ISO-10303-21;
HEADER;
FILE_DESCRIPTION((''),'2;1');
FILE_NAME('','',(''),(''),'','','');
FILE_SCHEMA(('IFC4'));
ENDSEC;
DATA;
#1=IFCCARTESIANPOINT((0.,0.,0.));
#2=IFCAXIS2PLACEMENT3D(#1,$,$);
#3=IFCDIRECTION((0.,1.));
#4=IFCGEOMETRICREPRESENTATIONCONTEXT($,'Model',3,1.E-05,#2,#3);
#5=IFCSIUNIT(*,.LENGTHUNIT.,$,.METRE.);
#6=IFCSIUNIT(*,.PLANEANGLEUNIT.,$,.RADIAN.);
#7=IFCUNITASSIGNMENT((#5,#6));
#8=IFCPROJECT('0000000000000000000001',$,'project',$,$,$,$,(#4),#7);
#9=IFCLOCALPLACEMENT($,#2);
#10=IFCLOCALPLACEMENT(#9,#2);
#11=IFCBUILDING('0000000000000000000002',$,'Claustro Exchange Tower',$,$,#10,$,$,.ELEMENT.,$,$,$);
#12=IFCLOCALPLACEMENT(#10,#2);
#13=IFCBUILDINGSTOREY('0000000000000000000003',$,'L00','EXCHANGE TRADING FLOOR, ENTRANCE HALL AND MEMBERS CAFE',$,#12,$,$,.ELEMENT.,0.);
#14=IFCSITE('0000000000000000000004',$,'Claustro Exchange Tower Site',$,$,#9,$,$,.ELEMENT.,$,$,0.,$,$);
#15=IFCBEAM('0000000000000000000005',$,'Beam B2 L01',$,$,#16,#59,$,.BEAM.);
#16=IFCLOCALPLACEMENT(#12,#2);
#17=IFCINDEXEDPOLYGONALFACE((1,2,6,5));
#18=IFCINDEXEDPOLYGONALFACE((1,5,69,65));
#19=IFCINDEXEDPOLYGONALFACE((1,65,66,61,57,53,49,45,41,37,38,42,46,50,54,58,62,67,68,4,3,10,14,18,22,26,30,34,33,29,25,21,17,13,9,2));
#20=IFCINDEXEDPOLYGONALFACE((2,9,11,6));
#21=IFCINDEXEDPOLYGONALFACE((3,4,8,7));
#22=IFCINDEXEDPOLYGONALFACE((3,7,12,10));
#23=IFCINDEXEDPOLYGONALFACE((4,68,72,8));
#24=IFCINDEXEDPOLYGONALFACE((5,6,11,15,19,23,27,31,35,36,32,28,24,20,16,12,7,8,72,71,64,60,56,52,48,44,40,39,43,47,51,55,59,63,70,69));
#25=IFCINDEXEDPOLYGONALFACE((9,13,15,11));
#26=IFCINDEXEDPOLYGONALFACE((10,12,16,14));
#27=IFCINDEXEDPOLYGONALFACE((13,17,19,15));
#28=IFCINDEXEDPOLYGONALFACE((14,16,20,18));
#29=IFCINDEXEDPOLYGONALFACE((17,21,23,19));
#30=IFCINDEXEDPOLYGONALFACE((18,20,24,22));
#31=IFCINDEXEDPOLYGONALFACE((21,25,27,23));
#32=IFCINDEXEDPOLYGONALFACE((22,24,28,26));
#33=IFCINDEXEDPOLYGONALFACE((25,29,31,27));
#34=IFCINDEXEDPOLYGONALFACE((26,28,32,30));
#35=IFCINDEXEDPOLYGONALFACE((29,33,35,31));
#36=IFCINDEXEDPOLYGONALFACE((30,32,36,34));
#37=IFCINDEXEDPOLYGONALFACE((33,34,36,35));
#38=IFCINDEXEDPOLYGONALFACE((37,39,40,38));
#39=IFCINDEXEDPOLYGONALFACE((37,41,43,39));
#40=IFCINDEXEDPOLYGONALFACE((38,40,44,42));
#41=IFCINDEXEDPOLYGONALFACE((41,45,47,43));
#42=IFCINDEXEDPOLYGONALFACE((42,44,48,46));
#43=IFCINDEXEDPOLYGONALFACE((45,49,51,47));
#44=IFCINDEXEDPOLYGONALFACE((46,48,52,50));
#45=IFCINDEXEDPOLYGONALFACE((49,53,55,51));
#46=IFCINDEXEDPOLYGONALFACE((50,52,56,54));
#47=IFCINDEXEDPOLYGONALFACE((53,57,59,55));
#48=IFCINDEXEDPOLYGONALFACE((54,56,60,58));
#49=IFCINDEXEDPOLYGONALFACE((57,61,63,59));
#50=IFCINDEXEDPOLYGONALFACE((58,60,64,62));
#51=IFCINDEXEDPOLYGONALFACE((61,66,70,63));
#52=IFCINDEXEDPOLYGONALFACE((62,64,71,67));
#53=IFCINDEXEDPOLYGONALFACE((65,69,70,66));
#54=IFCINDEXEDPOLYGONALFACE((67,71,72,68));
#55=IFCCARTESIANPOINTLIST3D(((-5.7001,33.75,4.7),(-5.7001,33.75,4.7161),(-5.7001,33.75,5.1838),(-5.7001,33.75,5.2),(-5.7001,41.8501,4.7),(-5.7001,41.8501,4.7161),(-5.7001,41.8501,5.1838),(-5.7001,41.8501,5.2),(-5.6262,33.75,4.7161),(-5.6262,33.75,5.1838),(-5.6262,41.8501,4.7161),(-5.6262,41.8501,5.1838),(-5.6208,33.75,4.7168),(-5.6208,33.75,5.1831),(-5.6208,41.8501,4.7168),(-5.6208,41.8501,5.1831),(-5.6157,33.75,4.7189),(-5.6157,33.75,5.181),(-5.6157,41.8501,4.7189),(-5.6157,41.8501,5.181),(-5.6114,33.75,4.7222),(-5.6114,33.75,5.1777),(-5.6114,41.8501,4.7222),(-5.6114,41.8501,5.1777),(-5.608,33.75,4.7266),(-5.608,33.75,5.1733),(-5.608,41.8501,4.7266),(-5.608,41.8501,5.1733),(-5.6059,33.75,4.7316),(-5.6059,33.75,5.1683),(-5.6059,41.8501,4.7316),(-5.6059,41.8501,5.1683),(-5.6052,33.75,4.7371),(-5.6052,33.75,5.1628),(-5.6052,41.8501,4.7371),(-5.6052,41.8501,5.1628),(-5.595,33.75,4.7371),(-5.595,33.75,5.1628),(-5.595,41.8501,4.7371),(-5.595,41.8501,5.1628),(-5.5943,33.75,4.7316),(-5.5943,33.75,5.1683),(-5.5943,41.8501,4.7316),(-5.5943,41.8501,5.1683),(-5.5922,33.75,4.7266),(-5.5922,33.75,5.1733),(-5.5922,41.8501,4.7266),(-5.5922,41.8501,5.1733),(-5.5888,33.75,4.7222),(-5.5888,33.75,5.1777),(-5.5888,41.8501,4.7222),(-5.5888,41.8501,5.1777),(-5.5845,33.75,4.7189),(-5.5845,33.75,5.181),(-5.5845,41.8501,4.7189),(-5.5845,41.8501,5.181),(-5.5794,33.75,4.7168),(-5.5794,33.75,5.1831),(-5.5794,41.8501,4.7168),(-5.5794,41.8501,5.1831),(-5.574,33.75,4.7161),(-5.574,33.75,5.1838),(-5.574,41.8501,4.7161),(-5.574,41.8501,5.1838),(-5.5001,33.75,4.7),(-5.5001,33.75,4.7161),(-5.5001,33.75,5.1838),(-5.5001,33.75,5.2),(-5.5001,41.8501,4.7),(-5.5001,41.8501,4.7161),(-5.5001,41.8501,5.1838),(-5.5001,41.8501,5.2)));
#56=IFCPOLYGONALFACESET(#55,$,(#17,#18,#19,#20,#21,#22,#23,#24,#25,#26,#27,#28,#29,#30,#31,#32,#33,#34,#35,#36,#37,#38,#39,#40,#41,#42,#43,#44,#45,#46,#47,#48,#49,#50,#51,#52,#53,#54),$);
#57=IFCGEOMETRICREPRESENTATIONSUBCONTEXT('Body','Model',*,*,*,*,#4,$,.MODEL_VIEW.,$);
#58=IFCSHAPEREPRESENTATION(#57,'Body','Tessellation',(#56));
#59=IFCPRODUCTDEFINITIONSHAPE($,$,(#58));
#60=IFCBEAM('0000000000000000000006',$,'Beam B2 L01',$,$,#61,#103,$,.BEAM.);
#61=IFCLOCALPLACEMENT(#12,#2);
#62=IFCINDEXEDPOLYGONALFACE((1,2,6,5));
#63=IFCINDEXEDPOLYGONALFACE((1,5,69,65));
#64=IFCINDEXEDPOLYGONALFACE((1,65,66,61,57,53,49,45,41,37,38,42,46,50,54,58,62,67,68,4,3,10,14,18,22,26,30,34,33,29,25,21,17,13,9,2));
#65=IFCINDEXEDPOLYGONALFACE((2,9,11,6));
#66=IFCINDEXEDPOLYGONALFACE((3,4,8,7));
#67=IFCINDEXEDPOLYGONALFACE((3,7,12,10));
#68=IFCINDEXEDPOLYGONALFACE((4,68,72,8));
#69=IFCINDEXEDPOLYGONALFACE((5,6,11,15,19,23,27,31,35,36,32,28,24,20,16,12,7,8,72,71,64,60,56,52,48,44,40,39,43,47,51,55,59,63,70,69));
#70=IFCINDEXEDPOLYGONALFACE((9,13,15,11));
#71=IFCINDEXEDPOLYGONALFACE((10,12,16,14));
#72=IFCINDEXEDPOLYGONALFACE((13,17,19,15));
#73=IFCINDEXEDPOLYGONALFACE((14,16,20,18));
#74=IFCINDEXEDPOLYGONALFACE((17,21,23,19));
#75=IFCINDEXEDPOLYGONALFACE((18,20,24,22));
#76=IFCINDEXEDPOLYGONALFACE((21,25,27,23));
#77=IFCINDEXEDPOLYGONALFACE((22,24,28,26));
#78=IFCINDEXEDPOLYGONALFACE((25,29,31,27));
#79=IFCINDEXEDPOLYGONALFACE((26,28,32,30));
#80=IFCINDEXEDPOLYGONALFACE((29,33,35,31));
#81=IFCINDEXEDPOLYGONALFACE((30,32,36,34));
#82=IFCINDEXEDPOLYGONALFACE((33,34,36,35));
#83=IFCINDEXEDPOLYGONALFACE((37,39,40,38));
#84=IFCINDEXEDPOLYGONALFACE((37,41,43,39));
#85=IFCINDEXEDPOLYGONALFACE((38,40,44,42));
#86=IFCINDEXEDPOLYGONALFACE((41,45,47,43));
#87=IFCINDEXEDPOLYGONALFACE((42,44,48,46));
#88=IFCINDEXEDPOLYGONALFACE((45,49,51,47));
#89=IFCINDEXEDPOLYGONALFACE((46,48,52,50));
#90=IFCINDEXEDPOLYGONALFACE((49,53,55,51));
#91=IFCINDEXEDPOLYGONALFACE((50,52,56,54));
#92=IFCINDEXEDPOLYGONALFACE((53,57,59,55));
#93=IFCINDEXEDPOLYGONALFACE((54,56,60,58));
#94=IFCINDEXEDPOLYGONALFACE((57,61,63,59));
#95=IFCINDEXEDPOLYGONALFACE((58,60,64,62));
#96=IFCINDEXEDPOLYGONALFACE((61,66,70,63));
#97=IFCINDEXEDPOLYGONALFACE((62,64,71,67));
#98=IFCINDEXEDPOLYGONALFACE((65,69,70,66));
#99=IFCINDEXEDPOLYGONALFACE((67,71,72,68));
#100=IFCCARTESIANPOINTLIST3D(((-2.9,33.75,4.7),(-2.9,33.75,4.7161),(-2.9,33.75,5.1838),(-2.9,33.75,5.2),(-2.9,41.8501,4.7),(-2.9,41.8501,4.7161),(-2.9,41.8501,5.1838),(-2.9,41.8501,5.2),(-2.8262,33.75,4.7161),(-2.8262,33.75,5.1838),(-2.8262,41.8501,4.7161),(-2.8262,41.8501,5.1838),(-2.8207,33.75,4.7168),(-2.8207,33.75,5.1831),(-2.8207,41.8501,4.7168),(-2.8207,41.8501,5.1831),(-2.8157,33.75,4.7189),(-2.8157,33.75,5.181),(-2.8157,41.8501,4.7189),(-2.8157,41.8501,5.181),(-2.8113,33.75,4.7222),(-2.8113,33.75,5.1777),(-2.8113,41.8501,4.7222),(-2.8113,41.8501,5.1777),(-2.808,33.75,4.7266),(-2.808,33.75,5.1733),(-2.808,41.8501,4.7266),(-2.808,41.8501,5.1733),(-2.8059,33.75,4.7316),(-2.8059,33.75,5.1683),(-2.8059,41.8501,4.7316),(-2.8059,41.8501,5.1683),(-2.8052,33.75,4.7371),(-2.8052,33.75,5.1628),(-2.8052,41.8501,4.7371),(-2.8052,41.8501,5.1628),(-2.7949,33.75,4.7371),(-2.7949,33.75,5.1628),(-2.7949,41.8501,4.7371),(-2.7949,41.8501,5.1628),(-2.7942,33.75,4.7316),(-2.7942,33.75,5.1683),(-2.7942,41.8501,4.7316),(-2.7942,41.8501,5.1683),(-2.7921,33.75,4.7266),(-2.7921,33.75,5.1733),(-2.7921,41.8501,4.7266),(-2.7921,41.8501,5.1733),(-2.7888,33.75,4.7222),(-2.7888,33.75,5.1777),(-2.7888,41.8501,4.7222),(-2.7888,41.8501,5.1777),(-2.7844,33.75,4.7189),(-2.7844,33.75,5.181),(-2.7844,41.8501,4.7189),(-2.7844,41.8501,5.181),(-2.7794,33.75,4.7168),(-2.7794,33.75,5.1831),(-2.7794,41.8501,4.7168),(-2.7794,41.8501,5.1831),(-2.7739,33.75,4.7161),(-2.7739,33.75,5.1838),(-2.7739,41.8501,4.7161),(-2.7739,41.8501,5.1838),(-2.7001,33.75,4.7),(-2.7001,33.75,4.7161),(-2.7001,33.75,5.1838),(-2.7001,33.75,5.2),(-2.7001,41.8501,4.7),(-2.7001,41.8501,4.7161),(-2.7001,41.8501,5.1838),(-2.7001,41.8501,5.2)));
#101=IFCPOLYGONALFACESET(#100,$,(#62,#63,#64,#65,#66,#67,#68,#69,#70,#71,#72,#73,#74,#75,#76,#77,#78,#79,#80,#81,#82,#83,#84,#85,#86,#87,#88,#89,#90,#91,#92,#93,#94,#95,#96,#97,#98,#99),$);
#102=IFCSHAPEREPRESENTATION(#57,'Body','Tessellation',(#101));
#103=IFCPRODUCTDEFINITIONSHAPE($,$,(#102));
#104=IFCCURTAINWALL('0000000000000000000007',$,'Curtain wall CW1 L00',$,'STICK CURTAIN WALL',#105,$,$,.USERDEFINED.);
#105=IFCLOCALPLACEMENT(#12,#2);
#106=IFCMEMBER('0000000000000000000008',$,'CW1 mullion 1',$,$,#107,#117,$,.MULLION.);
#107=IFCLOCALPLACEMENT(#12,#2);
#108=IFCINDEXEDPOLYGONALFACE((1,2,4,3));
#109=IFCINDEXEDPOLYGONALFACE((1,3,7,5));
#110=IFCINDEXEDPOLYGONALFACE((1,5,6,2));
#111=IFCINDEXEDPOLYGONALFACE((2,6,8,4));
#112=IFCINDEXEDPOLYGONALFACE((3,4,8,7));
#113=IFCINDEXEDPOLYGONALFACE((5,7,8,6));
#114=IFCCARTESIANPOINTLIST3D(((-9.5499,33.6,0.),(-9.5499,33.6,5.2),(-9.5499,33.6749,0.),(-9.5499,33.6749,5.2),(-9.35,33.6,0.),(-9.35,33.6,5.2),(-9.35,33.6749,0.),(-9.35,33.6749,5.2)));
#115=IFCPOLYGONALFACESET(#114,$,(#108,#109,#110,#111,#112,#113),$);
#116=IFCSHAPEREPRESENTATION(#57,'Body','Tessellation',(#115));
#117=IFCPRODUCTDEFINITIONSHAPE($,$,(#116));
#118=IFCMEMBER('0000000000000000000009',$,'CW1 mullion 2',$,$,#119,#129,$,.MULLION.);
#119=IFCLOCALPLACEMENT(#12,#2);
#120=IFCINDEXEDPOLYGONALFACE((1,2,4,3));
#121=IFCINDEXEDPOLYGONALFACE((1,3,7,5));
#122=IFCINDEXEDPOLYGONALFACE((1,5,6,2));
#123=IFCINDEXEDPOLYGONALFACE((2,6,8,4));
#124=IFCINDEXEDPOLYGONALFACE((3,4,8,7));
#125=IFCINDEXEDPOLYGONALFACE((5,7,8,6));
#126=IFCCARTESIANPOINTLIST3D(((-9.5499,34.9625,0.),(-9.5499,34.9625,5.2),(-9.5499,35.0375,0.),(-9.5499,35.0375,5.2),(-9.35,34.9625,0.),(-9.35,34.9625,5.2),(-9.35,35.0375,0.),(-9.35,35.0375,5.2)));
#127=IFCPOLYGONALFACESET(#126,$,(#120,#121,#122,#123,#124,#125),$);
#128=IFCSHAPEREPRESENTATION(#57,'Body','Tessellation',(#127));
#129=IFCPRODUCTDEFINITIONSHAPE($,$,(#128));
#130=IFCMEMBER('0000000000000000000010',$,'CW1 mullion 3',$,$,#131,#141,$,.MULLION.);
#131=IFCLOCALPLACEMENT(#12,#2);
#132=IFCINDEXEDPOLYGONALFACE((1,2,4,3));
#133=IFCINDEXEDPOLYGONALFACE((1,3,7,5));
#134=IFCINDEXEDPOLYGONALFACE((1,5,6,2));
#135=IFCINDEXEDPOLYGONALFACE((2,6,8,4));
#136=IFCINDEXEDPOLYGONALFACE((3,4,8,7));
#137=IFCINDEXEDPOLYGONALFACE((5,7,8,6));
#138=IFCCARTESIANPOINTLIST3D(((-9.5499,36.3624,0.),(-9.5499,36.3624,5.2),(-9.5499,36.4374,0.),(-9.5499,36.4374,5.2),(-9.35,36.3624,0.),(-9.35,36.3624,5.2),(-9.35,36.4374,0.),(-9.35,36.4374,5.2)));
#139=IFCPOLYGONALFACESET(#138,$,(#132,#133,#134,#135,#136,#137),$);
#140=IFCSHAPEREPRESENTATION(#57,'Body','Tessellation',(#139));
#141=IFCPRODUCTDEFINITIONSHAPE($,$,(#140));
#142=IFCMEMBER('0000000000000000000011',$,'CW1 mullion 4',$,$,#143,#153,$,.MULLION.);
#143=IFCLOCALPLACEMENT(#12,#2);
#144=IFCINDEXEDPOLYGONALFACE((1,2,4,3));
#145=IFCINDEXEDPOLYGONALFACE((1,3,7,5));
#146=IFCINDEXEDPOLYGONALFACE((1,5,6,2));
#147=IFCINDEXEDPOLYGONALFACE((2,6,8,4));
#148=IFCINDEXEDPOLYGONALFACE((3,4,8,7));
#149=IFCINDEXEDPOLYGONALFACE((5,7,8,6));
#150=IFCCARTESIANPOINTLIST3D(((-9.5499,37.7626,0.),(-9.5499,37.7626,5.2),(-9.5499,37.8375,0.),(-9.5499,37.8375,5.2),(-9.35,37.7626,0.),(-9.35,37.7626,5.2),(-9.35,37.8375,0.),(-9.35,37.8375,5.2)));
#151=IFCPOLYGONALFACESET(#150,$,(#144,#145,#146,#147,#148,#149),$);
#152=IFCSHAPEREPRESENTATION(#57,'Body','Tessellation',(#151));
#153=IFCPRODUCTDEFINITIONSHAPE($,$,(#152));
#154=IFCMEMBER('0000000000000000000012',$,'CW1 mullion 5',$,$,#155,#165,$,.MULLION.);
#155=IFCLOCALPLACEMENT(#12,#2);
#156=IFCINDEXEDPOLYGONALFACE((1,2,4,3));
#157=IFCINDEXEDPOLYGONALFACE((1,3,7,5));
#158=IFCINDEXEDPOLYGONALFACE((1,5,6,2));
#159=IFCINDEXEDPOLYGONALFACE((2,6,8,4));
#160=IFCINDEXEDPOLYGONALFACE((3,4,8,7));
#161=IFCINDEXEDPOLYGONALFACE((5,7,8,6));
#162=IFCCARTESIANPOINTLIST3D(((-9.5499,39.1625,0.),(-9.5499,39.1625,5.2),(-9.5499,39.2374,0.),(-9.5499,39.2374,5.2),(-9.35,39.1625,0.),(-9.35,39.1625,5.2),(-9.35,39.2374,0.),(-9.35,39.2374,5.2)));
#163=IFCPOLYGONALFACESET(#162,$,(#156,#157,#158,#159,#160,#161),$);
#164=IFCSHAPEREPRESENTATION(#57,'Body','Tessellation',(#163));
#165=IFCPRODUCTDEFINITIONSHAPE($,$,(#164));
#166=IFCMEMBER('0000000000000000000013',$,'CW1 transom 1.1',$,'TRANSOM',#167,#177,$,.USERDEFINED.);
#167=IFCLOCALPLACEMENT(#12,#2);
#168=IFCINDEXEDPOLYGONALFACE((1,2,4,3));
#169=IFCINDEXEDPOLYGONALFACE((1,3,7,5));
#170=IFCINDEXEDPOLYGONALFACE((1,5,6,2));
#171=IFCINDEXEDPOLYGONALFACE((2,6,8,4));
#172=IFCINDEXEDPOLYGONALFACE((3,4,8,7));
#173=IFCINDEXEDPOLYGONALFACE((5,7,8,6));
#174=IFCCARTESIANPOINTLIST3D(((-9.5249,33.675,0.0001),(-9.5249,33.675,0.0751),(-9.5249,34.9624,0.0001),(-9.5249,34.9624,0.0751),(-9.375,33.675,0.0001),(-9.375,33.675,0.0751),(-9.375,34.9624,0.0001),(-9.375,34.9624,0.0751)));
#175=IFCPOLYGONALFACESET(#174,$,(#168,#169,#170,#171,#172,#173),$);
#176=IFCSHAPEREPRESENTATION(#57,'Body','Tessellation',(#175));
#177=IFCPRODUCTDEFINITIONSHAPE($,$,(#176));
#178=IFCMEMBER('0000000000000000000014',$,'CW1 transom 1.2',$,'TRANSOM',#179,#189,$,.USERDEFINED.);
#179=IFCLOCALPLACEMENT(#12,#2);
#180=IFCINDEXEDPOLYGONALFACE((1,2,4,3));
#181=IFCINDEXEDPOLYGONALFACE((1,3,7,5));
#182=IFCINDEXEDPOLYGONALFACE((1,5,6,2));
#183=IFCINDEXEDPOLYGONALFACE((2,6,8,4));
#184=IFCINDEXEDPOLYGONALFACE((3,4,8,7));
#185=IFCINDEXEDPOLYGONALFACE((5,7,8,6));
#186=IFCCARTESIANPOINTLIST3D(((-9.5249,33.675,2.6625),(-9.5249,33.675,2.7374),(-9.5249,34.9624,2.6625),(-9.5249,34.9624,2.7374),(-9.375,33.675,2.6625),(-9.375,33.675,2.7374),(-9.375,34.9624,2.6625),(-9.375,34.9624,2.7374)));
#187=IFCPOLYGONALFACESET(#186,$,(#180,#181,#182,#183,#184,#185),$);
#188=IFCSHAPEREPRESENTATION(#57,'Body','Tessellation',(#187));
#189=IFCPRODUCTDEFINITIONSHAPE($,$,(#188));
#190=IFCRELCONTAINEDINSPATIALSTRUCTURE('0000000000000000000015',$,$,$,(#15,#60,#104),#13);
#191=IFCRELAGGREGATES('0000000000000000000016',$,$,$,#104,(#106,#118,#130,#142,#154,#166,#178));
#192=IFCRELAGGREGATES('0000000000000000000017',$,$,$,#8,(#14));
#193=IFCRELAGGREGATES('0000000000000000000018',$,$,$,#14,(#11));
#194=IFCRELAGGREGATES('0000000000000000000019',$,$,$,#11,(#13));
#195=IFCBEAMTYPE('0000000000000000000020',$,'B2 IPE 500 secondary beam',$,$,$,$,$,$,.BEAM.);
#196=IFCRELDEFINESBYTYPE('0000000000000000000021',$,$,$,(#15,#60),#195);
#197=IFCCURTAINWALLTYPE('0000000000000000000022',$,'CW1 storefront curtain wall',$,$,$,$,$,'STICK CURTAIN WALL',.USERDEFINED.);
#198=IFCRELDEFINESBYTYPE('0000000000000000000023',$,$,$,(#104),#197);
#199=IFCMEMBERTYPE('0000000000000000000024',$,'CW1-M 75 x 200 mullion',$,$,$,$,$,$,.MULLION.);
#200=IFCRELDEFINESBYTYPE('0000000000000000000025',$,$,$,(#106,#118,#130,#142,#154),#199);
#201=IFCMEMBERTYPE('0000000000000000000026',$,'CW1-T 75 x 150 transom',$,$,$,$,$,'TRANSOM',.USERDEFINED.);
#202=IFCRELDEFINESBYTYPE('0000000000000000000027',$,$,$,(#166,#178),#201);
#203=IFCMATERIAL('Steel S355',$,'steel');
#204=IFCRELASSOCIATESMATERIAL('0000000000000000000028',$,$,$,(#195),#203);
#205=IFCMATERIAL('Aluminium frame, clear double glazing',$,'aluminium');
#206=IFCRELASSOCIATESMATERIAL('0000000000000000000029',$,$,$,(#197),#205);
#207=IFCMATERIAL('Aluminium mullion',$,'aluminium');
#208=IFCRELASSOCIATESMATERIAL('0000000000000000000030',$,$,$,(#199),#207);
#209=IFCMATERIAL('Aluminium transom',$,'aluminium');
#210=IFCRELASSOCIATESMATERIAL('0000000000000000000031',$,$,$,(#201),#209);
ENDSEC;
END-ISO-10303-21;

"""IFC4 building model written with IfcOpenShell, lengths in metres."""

from ifc_helpers import new_model, si_unit, direction, frame, origin, origin_2d, place, context, subcontext, project, spatial, rectangle, i_section, extrude, material, material_profile, profile_set, type_object, element, aggregate, save


model = new_model("IFC4")

# Units and contexts
model_context = context("Model", 3, precision=1e-05, world=origin(), true_north=direction((0.0, 1.0)))
body_context = subcontext(model_context, "Body", "Model", "MODEL_VIEW")
ifc_project = project(units=[si_unit("LENGTHUNIT", "METRE"), si_unit("PLANEANGLEUNIT", "RADIAN")], contexts=[model_context])

# Site, building, storey
site_placement = place(None, origin())
site = spatial("IfcSite", under=ifc_project, at=site_placement, Name="Claustro Exchange Tower Site", CompositionType="ELEMENT", RefElevation=0.0)
building_placement = place(site_placement, origin())
building = spatial("IfcBuilding", under=site, at=building_placement, Name="Claustro Exchange Tower", CompositionType="ELEMENT")
storey_placement = place(building_placement, origin())
storey = spatial("IfcBuildingStorey", under=building, at=storey_placement, Name="L00", Description="EXCHANGE TRADING FLOOR, ENTRANCE HALL AND MEMBERS CAFE", CompositionType="ELEMENT", Elevation=0.0)

# Beams
ifc_material_1 = material(Name="Steel S355", Category="steel")
ifc_material_profile_1 = material_profile(ifc_material_1, i_section(OverallWidth=0.2, OverallDepth=0.5, WebThickness=0.0103, FlangeThickness=0.0161, FilletRadius=0.021, at=origin_2d()), Name="IPE 500")
ifc_profile_set_1 = profile_set([ifc_material_profile_1], Name="Steel S355")
beam_type_1 = type_object("IfcBeamType", Name="B2 IPE 500 secondary beam", PredefinedType="BEAM", material=ifc_profile_set_1)
for number, where, z_axis, x_axis, name in (
    (1, (-5.6001, 33.75, 4.95), (0.0, 1.0, 0.0), (-1.0, 0.0, 0.0), "Beam B2 L01"),
    (2, (-2.8, 33.75, 4.95), (0.0, 1.0, 0.0), (-1.0, 0.0, 0.0), "Beam B2 L01"),
):
    element("IfcBeam", number, at=place(storey_placement, frame(where, z_axis=z_axis, x_axis=x_axis)), inside=storey, type_object=beam_type_1, Name=name, PredefinedType="BEAM", context=body_context, shape_type="SweptSolid", body=[
        extrude(i_section(OverallWidth=0.2, OverallDepth=0.5, WebThickness=0.0103, FlangeThickness=0.0161, FilletRadius=0.021, at=origin_2d()), origin(), (0.0, 0.0, 1.0), 8.1001),
    ])

# Curtain wall, members
ifc_material_2 = material(Name="Aluminium frame, clear double glazing", Category="aluminium")
curtain_wall_type = type_object("IfcCurtainWallType", Name="CW1 storefront curtain wall", ElementType="STICK CURTAIN WALL", PredefinedType="USERDEFINED", material=ifc_material_2)
curtain_wall_placement = place(storey_placement, origin())
curtain_wall = element("IfcCurtainWall", 3, at=curtain_wall_placement, inside=storey, type_object=curtain_wall_type, Name="Curtain wall CW1 L00", ObjectType="STICK CURTAIN WALL", PredefinedType="USERDEFINED")
ifc_material_3 = material(Name="Aluminium mullion", Category="aluminium")
ifc_material_profile_2 = material_profile(ifc_material_3, rectangle(XDim=0.2, YDim=0.075, at=origin_2d()), Name="CW1-M 75x200")
ifc_profile_set_2 = profile_set([ifc_material_profile_2], Name="Aluminium mullion")
member_type_1 = type_object("IfcMemberType", Name="CW1-M 75 x 200 mullion", PredefinedType="MULLION", material=ifc_profile_set_2)
member_1_placement = place(storey_placement, frame((-9.45, 33.6375, 0.0), z_axis=(0.0, 0.0, 1.0), x_axis=(-1.0, 0.0, 0.0)))
member_1 = element("IfcMember", 4, at=member_1_placement, type_object=member_type_1, Name="CW1 mullion 1", PredefinedType="MULLION", context=body_context, shape_type="SweptSolid", body=[
    extrude(rectangle(XDim=0.2, YDim=0.075, at=origin_2d()), origin(), (0.0, 0.0, 1.0), 5.2),
])
member_2_placement = place(storey_placement, frame((-9.45, 35.0, 0.0), z_axis=(0.0, 0.0, 1.0), x_axis=(-1.0, 0.0, 0.0)))
member_2 = element("IfcMember", 5, at=member_2_placement, type_object=member_type_1, Name="CW1 mullion 2", PredefinedType="MULLION", context=body_context, shape_type="SweptSolid", body=[
    extrude(rectangle(XDim=0.2, YDim=0.075, at=origin_2d()), origin(), (0.0, 0.0, 1.0), 5.2),
])
member_3_placement = place(storey_placement, frame((-9.45, 36.3999, 0.0), z_axis=(0.0, 0.0, 1.0), x_axis=(-1.0, 0.0, 0.0)))
member_3 = element("IfcMember", 6, at=member_3_placement, type_object=member_type_1, Name="CW1 mullion 3", PredefinedType="MULLION", context=body_context, shape_type="SweptSolid", body=[
    extrude(rectangle(XDim=0.2, YDim=0.075, at=origin_2d()), origin(), (0.0, 0.0, 1.0), 5.2),
])
member_4_placement = place(storey_placement, frame((-9.45, 37.8, 0.0), z_axis=(0.0, 0.0, 1.0), x_axis=(-1.0, 0.0, 0.0)))
member_4 = element("IfcMember", 7, at=member_4_placement, type_object=member_type_1, Name="CW1 mullion 4", PredefinedType="MULLION", context=body_context, shape_type="SweptSolid", body=[
    extrude(rectangle(XDim=0.2, YDim=0.075, at=origin_2d()), origin(), (0.0, 0.0, 1.0), 5.2),
])
member_5_placement = place(storey_placement, frame((-9.45, 39.2, 0.0), z_axis=(0.0, 0.0, 1.0), x_axis=(-1.0, 0.0, 0.0)))
member_5 = element("IfcMember", 8, at=member_5_placement, type_object=member_type_1, Name="CW1 mullion 5", PredefinedType="MULLION", context=body_context, shape_type="SweptSolid", body=[
    extrude(rectangle(XDim=0.2, YDim=0.075, at=origin_2d()), origin(), (0.0, 0.0, 1.0), 5.2),
])
ifc_material_4 = material(Name="Aluminium transom", Category="aluminium")
ifc_material_profile_3 = material_profile(ifc_material_4, rectangle(XDim=0.1499, YDim=0.075, at=origin_2d()), Name="CW1-T 75x150")
ifc_profile_set_3 = profile_set([ifc_material_profile_3], Name="Aluminium transom")
member_type_2 = type_object("IfcMemberType", Name="CW1-T 75 x 150 transom", ElementType="TRANSOM", PredefinedType="USERDEFINED", material=ifc_profile_set_3)
member_6_placement = place(storey_placement, frame((-9.45, 33.675, 0.0376), z_axis=(0.0, 1.0, 0.0), x_axis=(-1.0, 0.0, 0.0)))
member_6 = element("IfcMember", 9, at=member_6_placement, type_object=member_type_2, Name="CW1 transom 1.1", ObjectType="TRANSOM", PredefinedType="USERDEFINED", context=body_context, shape_type="SweptSolid", body=[
    extrude(rectangle(XDim=0.1499, YDim=0.075, at=origin_2d()), origin(), (0.0, 0.0, 1.0), 1.2874),
])
member_7_placement = place(storey_placement, frame((-9.45, 33.675, 2.7), z_axis=(0.0, 1.0, 0.0), x_axis=(-1.0, 0.0, 0.0)))
member_7 = element("IfcMember", 10, at=member_7_placement, type_object=member_type_2, Name="CW1 transom 1.2", ObjectType="TRANSOM", PredefinedType="USERDEFINED", context=body_context, shape_type="SweptSolid", body=[
    extrude(rectangle(XDim=0.1499, YDim=0.075, at=origin_2d()), origin(), (0.0, 0.0, 1.0), 1.2874),
])
aggregate(curtain_wall, [member_1, member_2, member_3, member_4, member_5, member_6, member_7])

save(model, "model.ifc")
